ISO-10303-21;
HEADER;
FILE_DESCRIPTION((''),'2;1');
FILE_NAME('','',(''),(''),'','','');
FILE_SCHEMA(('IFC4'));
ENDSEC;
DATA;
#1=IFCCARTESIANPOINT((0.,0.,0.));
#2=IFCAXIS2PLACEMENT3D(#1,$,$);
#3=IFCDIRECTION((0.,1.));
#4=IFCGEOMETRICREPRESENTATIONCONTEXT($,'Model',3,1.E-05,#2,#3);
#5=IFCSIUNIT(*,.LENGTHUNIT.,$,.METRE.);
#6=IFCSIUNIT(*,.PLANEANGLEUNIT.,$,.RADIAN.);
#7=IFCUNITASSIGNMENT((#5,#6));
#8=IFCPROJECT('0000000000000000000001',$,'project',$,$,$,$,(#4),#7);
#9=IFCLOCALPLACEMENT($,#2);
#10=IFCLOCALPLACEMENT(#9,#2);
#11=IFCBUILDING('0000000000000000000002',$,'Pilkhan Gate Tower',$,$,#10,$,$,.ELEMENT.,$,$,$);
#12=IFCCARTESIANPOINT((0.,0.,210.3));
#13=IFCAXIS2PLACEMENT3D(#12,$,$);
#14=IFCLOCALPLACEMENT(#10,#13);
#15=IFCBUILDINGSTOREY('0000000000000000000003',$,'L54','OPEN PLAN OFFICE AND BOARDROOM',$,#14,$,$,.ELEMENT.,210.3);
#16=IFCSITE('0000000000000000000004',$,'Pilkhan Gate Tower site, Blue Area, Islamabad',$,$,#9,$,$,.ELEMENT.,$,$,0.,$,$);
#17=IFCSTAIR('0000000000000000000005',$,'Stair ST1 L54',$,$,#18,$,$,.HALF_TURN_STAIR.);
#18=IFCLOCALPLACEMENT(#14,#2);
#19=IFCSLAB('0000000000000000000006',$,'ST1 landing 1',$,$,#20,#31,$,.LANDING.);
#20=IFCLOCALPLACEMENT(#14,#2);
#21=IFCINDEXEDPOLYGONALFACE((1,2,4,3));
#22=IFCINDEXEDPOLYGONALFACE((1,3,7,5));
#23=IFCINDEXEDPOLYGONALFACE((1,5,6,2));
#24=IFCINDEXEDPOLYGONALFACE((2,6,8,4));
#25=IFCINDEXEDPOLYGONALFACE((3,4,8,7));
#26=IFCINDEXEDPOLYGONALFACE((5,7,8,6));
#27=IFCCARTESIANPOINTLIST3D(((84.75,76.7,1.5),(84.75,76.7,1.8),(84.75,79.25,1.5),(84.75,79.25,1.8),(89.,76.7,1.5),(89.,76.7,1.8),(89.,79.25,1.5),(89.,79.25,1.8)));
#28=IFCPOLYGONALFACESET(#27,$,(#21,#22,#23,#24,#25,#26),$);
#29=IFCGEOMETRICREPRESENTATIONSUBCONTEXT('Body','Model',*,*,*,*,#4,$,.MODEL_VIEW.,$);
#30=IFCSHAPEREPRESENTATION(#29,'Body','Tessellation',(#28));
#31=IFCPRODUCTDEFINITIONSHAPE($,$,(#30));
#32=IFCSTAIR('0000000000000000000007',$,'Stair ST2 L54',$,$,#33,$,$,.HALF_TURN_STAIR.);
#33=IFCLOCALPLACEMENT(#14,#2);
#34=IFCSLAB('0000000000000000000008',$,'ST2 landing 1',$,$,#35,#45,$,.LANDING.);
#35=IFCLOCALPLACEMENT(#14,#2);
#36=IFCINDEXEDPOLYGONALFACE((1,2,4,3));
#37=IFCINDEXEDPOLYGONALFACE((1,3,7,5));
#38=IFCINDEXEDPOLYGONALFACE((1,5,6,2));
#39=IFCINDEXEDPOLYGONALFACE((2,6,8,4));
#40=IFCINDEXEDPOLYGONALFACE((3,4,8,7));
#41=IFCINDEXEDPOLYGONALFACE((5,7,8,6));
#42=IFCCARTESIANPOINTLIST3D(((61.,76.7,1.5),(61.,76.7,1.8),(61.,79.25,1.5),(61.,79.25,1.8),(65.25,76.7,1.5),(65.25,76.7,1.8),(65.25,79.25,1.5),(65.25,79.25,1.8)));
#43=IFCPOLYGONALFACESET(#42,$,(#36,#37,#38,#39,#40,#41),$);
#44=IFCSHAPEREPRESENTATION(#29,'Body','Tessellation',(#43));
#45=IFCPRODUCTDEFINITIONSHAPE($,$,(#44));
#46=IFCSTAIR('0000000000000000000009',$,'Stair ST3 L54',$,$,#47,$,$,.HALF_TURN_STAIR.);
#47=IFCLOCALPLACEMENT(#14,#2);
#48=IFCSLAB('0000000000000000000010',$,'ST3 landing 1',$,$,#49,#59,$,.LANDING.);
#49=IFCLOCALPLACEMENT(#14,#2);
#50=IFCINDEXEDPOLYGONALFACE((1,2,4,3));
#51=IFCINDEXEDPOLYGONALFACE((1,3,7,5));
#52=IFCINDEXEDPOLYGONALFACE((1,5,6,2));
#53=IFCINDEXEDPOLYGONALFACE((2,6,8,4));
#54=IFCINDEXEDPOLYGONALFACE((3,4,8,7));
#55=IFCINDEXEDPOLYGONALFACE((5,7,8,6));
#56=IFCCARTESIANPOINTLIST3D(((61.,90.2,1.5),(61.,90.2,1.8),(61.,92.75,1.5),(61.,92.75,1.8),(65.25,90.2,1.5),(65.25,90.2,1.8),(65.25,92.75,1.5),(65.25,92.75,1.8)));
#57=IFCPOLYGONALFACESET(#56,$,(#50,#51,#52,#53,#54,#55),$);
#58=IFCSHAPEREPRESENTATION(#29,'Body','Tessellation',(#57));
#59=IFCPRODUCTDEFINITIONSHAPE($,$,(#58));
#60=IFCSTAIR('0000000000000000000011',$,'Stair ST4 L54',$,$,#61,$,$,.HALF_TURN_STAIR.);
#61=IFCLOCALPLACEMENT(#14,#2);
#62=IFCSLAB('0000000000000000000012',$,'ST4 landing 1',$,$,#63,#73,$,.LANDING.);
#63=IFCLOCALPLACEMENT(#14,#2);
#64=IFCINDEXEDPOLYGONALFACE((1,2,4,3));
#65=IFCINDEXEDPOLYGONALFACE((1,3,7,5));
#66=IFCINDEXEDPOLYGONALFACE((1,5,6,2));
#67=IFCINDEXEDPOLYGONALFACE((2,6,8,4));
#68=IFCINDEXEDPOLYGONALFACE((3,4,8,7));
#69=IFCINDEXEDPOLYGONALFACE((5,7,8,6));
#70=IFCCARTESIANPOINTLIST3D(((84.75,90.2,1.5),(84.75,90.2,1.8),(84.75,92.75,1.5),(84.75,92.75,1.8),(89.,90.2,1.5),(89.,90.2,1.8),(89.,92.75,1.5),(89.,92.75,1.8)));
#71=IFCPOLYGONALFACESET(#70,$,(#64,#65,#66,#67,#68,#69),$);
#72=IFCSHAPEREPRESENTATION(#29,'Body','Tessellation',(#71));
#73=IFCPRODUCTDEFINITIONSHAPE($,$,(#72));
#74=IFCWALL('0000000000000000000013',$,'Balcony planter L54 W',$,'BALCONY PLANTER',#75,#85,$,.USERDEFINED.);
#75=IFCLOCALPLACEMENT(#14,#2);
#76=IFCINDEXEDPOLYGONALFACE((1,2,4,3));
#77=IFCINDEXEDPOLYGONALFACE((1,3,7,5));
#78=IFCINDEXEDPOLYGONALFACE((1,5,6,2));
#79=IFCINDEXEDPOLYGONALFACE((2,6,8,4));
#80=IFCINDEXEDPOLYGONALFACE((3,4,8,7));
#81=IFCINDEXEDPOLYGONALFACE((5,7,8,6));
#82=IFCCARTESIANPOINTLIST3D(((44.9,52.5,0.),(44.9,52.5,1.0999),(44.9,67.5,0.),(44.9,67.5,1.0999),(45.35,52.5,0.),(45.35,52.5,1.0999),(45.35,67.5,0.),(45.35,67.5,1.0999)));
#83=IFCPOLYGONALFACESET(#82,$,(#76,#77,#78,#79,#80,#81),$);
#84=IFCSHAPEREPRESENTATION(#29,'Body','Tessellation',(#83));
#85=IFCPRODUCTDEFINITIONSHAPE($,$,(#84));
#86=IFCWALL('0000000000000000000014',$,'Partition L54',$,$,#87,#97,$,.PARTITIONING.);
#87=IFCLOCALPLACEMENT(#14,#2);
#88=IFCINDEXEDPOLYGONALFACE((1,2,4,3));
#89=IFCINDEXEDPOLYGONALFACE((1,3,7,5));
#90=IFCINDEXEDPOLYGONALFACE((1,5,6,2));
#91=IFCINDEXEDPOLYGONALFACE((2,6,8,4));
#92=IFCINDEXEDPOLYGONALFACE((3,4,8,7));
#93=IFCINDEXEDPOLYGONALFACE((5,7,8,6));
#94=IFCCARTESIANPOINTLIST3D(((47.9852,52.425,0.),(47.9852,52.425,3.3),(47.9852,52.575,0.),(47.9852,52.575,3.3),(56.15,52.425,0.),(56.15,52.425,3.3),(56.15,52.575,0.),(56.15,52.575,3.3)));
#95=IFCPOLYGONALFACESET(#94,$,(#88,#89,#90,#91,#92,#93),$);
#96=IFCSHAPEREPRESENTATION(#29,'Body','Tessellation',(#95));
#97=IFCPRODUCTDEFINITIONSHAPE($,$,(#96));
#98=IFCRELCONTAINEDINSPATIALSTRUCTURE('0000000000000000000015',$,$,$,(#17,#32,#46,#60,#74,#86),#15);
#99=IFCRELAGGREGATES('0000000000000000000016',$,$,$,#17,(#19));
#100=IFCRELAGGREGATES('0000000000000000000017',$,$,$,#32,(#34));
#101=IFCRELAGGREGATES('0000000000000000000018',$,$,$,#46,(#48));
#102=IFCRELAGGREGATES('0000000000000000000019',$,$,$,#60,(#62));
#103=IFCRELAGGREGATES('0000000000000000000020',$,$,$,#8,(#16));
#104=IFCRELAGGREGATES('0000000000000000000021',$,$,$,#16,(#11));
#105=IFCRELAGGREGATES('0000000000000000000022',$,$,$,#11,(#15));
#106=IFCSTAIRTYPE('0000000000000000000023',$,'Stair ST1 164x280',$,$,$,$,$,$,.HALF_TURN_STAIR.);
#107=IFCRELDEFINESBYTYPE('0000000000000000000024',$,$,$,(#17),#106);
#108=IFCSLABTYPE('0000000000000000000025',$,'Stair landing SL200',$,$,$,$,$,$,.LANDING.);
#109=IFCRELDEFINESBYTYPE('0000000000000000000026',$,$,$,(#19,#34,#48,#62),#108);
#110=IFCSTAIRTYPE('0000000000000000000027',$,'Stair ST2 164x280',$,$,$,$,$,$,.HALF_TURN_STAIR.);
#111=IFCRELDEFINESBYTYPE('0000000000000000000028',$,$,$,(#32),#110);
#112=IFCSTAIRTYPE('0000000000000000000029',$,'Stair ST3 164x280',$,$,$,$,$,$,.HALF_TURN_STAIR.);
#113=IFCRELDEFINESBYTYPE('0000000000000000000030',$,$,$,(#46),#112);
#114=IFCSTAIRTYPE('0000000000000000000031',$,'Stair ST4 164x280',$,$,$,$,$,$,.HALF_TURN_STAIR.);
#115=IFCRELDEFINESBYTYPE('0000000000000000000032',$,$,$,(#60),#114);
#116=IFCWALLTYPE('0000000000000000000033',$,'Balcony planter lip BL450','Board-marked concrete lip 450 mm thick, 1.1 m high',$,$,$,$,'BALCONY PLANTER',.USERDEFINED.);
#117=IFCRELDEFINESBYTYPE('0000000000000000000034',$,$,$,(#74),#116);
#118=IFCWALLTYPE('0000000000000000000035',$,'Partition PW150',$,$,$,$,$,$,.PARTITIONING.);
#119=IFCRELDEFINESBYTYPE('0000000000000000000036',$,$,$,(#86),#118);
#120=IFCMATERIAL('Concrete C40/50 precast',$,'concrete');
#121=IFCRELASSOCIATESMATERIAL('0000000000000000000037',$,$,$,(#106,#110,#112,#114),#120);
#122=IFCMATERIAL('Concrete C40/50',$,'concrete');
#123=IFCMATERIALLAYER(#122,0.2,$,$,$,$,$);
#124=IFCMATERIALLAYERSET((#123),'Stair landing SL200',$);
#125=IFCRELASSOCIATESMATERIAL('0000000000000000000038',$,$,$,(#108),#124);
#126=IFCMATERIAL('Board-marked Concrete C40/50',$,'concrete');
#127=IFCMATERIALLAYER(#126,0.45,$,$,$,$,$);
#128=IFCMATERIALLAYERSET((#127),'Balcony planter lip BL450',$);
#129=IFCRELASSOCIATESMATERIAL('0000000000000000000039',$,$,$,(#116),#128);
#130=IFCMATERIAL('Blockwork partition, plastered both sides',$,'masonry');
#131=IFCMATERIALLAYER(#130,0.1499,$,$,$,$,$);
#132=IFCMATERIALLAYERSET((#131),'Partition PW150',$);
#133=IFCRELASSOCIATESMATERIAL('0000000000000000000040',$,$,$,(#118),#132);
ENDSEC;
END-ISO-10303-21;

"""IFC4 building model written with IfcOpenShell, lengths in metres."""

from ifc_helpers import new_model, si_unit, direction, frame, frame_2d, origin, place, context, subcontext, project, spatial, polyline, rectangle, outline, extrude, material, layer, layer_set, type_object, element, aggregate, save


model = new_model("IFC4")

# Units and contexts
model_context = context("Model", 3, precision=1e-05, world=origin(), true_north=direction((0.0, 1.0)))
body_context = subcontext(model_context, "Body", "Model", "MODEL_VIEW")
ifc_project = project(units=[si_unit("LENGTHUNIT", "METRE"), si_unit("PLANEANGLEUNIT", "RADIAN")], contexts=[model_context])

# Site, building, storey
site_placement = place(None, origin())
site = spatial("IfcSite", under=ifc_project, at=site_placement, Name="Pilkhan Gate Tower site, Blue Area, Islamabad", CompositionType="ELEMENT", RefElevation=0.0)
building_placement = place(site_placement, origin())
building = spatial("IfcBuilding", under=site, at=building_placement, Name="Pilkhan Gate Tower", CompositionType="ELEMENT")
storey_placement = place(building_placement, frame((0.0, 0.0, 210.3)))
storey = spatial("IfcBuildingStorey", under=building, at=storey_placement, Name="L54", Description="OPEN PLAN OFFICE AND BOARDROOM", CompositionType="ELEMENT", Elevation=210.3)

# Shared definitions
ifc_material_1 = material(Name="Concrete C40/50", Category="concrete")

# Stairs, slabs
ifc_material_2 = material(Name="Concrete C40/50 precast", Category="concrete")
stair_type_1 = type_object("IfcStairType", Name="Stair ST1 164x280", PredefinedType="HALF_TURN_STAIR", material=ifc_material_2)
stair_1_placement = place(storey_placement, origin())
stair_1 = element("IfcStair", 1, at=stair_1_placement, inside=storey, type_object=stair_type_1, Name="Stair ST1 L54", PredefinedType="HALF_TURN_STAIR")
ifc_layer_1 = layer(ifc_material_1, 0.2)
ifc_layer_set_1 = layer_set([ifc_layer_1], Name="Stair landing SL200")
slab_type_1 = type_object("IfcSlabType", Name="Stair landing SL200", PredefinedType="LANDING", material=ifc_layer_set_1)
slab_1_placement = place(storey_placement, frame((0.0, 0.0, 1.5)))
slab_1 = element("IfcSlab", 2, at=slab_1_placement, type_object=slab_type_1, Name="ST1 landing 1", PredefinedType="LANDING", context=body_context, shape_type="SweptSolid", body=[
    extrude(outline(polyline([(89.0, 76.7), (89.0, 79.25), (84.75, 79.25), (84.75, 76.7), (89.0, 76.7)])), origin(), (0.0, 0.0, 1.0), 0.3),
])
aggregate(stair_1, [slab_1])
stair_type_2 = type_object("IfcStairType", Name="Stair ST2 164x280", PredefinedType="HALF_TURN_STAIR", material=ifc_material_2)
stair_2_placement = place(storey_placement, origin())
stair_2 = element("IfcStair", 3, at=stair_2_placement, inside=storey, type_object=stair_type_2, Name="Stair ST2 L54", PredefinedType="HALF_TURN_STAIR")
slab_2_placement = place(storey_placement, frame((0.0, 0.0, 1.5)))
slab_2 = element("IfcSlab", 4, at=slab_2_placement, type_object=slab_type_1, Name="ST2 landing 1", PredefinedType="LANDING", context=body_context, shape_type="SweptSolid", body=[
    extrude(outline(polyline([(65.25, 76.7), (65.25, 79.25), (61.0, 79.25), (61.0, 76.7), (65.25, 76.7)])), origin(), (0.0, 0.0, 1.0), 0.3),
])
aggregate(stair_2, [slab_2])
stair_type_3 = type_object("IfcStairType", Name="Stair ST3 164x280", PredefinedType="HALF_TURN_STAIR", material=ifc_material_2)
stair_3_placement = place(storey_placement, origin())
stair_3 = element("IfcStair", 5, at=stair_3_placement, inside=storey, type_object=stair_type_3, Name="Stair ST3 L54", PredefinedType="HALF_TURN_STAIR")
slab_3_placement = place(storey_placement, frame((0.0, 0.0, 1.5)))
slab_3 = element("IfcSlab", 6, at=slab_3_placement, type_object=slab_type_1, Name="ST3 landing 1", PredefinedType="LANDING", context=body_context, shape_type="SweptSolid", body=[
    extrude(outline(polyline([(65.25, 90.2), (65.25, 92.75), (61.0, 92.75), (61.0, 90.2), (65.25, 90.2)])), origin(), (0.0, 0.0, 1.0), 0.3),
])
aggregate(stair_3, [slab_3])
stair_type_4 = type_object("IfcStairType", Name="Stair ST4 164x280", PredefinedType="HALF_TURN_STAIR", material=ifc_material_2)
stair_4_placement = place(storey_placement, origin())
stair_4 = element("IfcStair", 7, at=stair_4_placement, inside=storey, type_object=stair_type_4, Name="Stair ST4 L54", PredefinedType="HALF_TURN_STAIR")
slab_4_placement = place(storey_placement, frame((0.0, 0.0, 1.5)))
slab_4 = element("IfcSlab", 8, at=slab_4_placement, type_object=slab_type_1, Name="ST4 landing 1", PredefinedType="LANDING", context=body_context, shape_type="SweptSolid", body=[
    extrude(outline(polyline([(89.0, 90.2), (89.0, 92.75), (84.75, 92.75), (84.75, 90.2), (89.0, 90.2)])), origin(), (0.0, 0.0, 1.0), 0.3),
])
aggregate(stair_4, [slab_4])

# Walls
ifc_material_3 = material(Name="Board-marked Concrete C40/50", Category="concrete")
ifc_layer_2 = layer(ifc_material_3, 0.45)
ifc_layer_set_2 = layer_set([ifc_layer_2], Name="Balcony planter lip BL450")
wall_type_1 = type_object("IfcWallType", Name="Balcony planter lip BL450", Description="Board-marked concrete lip 450 mm thick, 1.1 m high", ElementType="BALCONY PLANTER", PredefinedType="USERDEFINED", material=ifc_layer_set_2)
wall_1_placement = place(storey_placement, frame((45.125, 52.5, 0.0), z_axis=(0.0, 0.0, 1.0), x_axis=(0.0, 1.0, 0.0)))
element("IfcWall", 9, at=wall_1_placement, inside=storey, type_object=wall_type_1, Name="Balcony planter L54 W", ObjectType="BALCONY PLANTER", PredefinedType="USERDEFINED", context=body_context, shape_type="SweptSolid", body=[
    extrude(rectangle(XDim=15.0, YDim=0.45, at=frame_2d((7.5, 0.0))), origin(), (0.0, 0.0, 1.0), 1.0999),
])
ifc_material_4 = material(Name="Blockwork partition, plastered both sides", Category="masonry")
ifc_layer_3 = layer(ifc_material_4, 0.1499)
ifc_layer_set_3 = layer_set([ifc_layer_3], Name="Partition PW150")
wall_type_2 = type_object("IfcWallType", Name="Partition PW150", PredefinedType="PARTITIONING", material=ifc_layer_set_3)
wall_2_placement = place(storey_placement, frame((47.9851, 52.5, 0.0), z_axis=(0.0, 0.0, 1.0), x_axis=(1.0, 0.0, 0.0)))
element("IfcWall", 10, at=wall_2_placement, inside=storey, type_object=wall_type_2, Name="Partition L54", PredefinedType="PARTITIONING", context=body_context, shape_type="SweptSolid", body=[
    extrude(rectangle(XDim=8.1648, YDim=0.1499, at=frame_2d((4.0825, 0.0))), origin(), (0.0, 0.0, 1.0), 3.3),
])

save(model, "model.ifc")
